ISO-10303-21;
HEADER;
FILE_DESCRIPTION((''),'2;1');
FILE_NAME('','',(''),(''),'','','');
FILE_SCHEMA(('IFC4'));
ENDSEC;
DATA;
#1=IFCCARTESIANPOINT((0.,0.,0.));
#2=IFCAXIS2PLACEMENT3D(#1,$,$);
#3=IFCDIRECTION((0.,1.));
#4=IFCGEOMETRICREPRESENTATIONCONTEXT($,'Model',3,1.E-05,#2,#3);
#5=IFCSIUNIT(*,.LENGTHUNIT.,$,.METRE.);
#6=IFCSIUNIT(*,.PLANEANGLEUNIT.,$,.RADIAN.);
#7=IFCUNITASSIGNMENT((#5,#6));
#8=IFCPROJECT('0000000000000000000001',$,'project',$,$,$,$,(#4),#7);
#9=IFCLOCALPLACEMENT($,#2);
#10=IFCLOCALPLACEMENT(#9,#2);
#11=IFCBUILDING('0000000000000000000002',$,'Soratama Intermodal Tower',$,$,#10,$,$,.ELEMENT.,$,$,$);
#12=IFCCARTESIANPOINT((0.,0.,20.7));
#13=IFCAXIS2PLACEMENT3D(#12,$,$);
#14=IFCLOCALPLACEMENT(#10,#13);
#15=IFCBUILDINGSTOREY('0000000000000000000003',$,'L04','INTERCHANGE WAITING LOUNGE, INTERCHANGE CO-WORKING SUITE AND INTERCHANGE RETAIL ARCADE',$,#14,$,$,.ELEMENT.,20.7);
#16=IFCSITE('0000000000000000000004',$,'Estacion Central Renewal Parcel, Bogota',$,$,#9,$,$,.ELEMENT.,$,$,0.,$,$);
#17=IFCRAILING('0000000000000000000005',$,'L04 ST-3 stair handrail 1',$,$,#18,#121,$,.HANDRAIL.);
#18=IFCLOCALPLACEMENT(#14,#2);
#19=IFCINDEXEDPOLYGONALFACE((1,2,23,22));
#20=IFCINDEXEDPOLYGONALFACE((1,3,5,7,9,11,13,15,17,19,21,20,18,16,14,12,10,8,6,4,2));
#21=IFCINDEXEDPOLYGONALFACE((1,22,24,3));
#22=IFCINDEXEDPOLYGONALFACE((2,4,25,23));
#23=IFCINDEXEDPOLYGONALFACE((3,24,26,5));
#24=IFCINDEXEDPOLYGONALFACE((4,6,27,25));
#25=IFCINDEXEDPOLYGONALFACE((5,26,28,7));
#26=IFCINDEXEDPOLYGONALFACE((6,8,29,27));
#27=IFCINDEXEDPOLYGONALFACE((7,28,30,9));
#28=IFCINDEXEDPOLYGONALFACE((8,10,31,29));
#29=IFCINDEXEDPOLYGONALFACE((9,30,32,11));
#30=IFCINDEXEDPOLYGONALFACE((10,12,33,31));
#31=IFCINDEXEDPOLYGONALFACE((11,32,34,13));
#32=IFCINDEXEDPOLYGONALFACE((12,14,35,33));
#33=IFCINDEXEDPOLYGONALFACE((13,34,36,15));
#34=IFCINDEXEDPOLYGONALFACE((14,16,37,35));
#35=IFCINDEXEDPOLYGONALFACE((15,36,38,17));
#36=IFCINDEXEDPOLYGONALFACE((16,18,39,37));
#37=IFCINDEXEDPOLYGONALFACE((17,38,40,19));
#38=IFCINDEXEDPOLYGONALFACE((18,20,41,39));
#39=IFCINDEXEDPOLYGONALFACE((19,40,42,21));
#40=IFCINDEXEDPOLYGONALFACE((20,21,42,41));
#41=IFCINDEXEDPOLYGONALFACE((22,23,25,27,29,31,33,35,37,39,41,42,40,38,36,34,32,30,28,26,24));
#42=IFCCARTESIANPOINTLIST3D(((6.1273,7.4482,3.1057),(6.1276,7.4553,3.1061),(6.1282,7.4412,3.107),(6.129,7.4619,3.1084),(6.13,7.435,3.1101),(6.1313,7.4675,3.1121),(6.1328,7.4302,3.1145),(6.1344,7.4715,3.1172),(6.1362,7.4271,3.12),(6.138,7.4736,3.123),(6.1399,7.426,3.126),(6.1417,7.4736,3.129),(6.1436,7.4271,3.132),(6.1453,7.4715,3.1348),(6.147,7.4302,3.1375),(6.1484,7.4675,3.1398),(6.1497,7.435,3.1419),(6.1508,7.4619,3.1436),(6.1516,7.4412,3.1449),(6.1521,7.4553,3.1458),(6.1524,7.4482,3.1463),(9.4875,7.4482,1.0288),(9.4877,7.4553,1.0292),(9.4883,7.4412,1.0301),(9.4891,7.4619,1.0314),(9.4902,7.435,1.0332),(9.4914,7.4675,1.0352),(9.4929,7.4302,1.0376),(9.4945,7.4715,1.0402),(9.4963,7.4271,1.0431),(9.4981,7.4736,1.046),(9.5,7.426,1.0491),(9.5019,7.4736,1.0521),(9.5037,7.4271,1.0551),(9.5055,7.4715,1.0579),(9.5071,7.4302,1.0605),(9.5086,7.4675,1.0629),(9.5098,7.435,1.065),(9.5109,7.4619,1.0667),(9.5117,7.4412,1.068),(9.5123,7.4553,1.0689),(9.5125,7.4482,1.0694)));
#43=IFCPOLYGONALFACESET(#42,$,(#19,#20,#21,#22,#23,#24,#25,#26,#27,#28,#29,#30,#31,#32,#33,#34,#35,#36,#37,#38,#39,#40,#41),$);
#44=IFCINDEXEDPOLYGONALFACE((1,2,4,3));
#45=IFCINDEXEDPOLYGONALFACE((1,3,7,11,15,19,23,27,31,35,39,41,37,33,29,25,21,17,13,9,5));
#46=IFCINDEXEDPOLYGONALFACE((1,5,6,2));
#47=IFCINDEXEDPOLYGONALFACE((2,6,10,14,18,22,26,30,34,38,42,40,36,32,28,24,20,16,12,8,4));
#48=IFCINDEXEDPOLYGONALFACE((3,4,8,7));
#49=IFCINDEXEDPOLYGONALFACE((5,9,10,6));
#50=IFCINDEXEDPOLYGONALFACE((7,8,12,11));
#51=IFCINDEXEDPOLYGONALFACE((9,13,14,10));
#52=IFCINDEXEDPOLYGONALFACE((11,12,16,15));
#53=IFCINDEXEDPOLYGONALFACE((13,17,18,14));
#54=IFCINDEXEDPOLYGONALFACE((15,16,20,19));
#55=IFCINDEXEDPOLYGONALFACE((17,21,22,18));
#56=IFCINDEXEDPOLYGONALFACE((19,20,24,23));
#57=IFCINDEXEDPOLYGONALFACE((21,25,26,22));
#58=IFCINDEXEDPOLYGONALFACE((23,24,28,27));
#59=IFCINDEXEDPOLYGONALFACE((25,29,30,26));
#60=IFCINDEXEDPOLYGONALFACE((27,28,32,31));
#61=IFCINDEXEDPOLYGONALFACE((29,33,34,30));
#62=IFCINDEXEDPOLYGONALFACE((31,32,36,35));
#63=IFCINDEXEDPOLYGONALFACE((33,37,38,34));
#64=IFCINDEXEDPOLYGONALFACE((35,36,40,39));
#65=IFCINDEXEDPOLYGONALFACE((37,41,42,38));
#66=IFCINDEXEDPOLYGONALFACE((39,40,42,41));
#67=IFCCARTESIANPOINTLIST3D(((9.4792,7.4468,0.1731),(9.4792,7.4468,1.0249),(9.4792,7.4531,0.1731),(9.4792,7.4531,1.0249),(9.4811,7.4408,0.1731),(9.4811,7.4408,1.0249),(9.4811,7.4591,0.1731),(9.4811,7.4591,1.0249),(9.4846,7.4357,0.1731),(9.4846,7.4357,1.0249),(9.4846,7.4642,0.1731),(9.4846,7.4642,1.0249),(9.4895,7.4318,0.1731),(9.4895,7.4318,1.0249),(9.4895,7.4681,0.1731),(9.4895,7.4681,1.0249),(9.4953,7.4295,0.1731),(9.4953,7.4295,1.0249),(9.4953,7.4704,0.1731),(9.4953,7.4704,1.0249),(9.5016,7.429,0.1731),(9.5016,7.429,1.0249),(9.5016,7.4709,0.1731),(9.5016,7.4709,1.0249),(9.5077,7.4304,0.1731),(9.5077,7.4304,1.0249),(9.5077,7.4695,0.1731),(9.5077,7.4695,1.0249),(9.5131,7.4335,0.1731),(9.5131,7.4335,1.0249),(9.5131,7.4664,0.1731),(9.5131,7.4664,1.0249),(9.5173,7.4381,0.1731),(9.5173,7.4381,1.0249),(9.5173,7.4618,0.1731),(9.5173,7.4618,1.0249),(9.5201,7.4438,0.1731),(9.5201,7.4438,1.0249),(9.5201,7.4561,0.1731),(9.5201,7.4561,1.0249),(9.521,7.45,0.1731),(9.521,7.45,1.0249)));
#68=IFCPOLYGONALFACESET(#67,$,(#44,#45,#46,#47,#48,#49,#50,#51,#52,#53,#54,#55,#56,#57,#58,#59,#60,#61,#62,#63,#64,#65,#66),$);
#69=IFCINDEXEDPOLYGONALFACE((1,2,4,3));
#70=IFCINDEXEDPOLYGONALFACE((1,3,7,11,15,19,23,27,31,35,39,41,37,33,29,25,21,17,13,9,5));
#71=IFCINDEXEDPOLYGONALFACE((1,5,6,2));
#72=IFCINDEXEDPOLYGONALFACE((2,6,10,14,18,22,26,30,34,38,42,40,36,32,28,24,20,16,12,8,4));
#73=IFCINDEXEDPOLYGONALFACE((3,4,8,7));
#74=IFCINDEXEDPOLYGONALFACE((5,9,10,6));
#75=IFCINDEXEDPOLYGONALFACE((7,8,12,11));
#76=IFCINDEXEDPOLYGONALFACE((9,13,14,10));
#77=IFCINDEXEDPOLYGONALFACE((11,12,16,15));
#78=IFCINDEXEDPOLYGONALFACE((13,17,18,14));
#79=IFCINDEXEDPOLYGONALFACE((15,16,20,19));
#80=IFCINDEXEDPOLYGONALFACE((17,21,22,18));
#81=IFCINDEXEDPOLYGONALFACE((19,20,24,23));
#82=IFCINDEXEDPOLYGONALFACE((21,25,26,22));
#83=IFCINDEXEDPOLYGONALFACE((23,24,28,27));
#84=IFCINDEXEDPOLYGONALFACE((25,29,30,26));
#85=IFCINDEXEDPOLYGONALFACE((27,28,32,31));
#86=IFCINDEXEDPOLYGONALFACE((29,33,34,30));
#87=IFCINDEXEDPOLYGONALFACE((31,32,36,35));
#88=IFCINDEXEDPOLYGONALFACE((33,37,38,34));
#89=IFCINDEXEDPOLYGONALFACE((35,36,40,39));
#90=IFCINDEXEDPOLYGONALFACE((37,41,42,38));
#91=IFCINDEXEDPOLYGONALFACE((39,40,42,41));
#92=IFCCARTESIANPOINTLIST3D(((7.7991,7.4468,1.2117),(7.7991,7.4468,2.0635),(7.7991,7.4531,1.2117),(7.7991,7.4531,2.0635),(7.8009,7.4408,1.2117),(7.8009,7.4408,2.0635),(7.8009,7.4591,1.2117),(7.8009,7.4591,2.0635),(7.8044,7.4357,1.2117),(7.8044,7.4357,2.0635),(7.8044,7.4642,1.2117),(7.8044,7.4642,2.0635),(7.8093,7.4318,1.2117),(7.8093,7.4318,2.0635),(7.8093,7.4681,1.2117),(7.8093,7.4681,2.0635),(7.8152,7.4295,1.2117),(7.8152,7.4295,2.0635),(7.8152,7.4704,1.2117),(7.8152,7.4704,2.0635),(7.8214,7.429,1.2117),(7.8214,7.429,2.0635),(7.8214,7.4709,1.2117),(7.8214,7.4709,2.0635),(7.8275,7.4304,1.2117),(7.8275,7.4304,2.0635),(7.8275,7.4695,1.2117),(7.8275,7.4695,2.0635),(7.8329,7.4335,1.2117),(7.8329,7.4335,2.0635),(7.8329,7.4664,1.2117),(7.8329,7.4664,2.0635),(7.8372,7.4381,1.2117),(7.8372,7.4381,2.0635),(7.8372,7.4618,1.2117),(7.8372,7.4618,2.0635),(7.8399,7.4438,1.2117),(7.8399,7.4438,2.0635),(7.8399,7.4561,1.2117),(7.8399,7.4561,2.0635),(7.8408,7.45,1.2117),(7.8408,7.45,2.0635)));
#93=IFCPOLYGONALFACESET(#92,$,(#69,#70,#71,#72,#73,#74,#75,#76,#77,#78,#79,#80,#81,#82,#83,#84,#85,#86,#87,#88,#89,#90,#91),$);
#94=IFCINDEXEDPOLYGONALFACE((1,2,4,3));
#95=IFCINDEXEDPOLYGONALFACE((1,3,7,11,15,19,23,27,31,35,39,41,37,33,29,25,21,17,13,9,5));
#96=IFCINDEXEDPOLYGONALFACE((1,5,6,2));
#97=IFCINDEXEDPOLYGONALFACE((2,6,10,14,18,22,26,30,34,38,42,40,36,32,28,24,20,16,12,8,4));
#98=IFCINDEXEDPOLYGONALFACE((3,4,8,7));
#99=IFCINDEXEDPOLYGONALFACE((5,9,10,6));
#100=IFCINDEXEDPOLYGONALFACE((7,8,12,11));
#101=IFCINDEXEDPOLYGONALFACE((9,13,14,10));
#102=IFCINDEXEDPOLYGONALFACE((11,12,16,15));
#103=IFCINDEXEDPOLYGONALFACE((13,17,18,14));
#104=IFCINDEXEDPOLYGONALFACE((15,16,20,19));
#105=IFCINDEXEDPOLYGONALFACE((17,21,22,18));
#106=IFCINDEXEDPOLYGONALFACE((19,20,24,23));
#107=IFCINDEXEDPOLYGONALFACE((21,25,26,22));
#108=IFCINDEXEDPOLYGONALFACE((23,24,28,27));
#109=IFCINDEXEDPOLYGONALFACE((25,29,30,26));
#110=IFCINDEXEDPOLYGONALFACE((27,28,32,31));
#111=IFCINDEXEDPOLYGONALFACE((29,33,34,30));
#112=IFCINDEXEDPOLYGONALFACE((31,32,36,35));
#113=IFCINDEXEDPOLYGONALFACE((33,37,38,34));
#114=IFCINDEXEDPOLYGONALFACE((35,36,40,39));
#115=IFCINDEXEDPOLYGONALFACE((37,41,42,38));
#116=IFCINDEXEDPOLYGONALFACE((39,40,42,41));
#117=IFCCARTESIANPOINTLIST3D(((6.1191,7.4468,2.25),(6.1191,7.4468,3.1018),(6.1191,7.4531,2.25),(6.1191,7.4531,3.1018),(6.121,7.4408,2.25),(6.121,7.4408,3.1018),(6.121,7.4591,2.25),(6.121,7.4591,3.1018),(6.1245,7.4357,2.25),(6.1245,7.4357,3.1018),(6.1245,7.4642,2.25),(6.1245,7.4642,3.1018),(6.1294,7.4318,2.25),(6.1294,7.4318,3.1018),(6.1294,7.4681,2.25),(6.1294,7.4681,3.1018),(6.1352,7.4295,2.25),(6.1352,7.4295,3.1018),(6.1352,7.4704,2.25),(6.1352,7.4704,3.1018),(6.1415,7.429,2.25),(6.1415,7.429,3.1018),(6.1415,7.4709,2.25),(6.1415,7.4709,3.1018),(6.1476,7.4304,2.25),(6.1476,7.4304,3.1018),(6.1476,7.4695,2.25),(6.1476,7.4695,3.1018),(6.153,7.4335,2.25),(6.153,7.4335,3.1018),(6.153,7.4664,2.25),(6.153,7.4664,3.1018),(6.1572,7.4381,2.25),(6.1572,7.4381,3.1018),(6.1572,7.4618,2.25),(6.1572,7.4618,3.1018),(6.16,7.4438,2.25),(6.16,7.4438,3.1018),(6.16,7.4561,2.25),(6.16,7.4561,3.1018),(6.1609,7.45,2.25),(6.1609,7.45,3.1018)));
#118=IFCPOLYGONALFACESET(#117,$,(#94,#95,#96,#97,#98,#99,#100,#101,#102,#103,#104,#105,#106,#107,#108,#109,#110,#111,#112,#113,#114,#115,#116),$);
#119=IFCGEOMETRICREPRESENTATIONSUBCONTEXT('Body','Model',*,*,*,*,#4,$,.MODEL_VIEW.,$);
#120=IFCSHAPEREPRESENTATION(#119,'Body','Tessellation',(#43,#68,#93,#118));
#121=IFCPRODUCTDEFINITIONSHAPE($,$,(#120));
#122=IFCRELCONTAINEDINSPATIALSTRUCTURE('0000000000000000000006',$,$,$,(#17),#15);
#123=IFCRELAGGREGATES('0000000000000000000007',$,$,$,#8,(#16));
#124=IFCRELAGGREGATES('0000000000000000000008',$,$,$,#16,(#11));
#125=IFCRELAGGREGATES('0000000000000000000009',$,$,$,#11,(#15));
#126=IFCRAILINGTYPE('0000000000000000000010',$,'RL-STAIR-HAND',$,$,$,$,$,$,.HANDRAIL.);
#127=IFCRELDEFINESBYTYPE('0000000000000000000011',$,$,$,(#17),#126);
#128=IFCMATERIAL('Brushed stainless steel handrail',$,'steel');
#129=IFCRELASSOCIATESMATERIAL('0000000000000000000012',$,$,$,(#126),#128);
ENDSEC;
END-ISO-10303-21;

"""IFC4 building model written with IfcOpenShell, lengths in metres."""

from ifc_helpers import new_model, si_unit, direction, frame, origin, origin_2d, place, context, subcontext, project, spatial, circle, extrude, material, type_object, element, save


model = new_model("IFC4")

# Units and contexts
model_context = context("Model", 3, precision=1e-05, world=origin(), true_north=direction((0.0, 1.0)))
body_context = subcontext(model_context, "Body", "Model", "MODEL_VIEW")
ifc_project = project(units=[si_unit("LENGTHUNIT", "METRE"), si_unit("PLANEANGLEUNIT", "RADIAN")], contexts=[model_context])

# Site, building, storey
site_placement = place(None, origin())
site = spatial("IfcSite", under=ifc_project, at=site_placement, Name="Estacion Central Renewal Parcel, Bogota", CompositionType="ELEMENT", RefElevation=0.0)
building_placement = place(site_placement, origin())
building = spatial("IfcBuilding", under=site, at=building_placement, Name="Soratama Intermodal Tower", CompositionType="ELEMENT")
storey_placement = place(building_placement, frame((0.0, 0.0, 20.7)))
storey = spatial("IfcBuildingStorey", under=building, at=storey_placement, Name="L04", Description="INTERCHANGE WAITING LOUNGE, INTERCHANGE CO-WORKING SUITE AND INTERCHANGE RETAIL ARCADE", CompositionType="ELEMENT", Elevation=20.7)

# Railing
ifc_material_1 = material(Name="Brushed stainless steel handrail", Category="steel")
railing_type_1 = type_object("IfcRailingType", Name="RL-STAIR-HAND", PredefinedType="HANDRAIL", material=ifc_material_1)
railing_1_placement = place(storey_placement, frame((9.5, 7.45, 0.1731)))
element("IfcRailing", 1, at=railing_1_placement, inside=storey, type_object=railing_type_1, Name="L04 ST-3 stair handrail 1", PredefinedType="HANDRAIL", context=body_context, shape_type="SweptSolid", body=[
    extrude(circle(Radius=0.0239, at=origin_2d()), frame((0.0, 0.0, 0.876), z_axis=(-0.850623, 0.0, 0.525776), x_axis=(0.0, -1.0, 0.0)), (0.0, 0.0, 1.0), 3.9502),
    extrude(circle(Radius=0.021, at=origin_2d()), origin(), (0.0, 0.0, 1.0), 0.8518),
    extrude(circle(Radius=0.021, at=origin_2d()), frame((-1.6802, 0.0, 1.0386)), (0.0, 0.0, 1.0), 0.8518),
    extrude(circle(Radius=0.021, at=origin_2d()), frame((-3.3601, 0.0, 2.0769)), (0.0, 0.0, 1.0), 0.8518),
])

save(model, "model.ifc")
